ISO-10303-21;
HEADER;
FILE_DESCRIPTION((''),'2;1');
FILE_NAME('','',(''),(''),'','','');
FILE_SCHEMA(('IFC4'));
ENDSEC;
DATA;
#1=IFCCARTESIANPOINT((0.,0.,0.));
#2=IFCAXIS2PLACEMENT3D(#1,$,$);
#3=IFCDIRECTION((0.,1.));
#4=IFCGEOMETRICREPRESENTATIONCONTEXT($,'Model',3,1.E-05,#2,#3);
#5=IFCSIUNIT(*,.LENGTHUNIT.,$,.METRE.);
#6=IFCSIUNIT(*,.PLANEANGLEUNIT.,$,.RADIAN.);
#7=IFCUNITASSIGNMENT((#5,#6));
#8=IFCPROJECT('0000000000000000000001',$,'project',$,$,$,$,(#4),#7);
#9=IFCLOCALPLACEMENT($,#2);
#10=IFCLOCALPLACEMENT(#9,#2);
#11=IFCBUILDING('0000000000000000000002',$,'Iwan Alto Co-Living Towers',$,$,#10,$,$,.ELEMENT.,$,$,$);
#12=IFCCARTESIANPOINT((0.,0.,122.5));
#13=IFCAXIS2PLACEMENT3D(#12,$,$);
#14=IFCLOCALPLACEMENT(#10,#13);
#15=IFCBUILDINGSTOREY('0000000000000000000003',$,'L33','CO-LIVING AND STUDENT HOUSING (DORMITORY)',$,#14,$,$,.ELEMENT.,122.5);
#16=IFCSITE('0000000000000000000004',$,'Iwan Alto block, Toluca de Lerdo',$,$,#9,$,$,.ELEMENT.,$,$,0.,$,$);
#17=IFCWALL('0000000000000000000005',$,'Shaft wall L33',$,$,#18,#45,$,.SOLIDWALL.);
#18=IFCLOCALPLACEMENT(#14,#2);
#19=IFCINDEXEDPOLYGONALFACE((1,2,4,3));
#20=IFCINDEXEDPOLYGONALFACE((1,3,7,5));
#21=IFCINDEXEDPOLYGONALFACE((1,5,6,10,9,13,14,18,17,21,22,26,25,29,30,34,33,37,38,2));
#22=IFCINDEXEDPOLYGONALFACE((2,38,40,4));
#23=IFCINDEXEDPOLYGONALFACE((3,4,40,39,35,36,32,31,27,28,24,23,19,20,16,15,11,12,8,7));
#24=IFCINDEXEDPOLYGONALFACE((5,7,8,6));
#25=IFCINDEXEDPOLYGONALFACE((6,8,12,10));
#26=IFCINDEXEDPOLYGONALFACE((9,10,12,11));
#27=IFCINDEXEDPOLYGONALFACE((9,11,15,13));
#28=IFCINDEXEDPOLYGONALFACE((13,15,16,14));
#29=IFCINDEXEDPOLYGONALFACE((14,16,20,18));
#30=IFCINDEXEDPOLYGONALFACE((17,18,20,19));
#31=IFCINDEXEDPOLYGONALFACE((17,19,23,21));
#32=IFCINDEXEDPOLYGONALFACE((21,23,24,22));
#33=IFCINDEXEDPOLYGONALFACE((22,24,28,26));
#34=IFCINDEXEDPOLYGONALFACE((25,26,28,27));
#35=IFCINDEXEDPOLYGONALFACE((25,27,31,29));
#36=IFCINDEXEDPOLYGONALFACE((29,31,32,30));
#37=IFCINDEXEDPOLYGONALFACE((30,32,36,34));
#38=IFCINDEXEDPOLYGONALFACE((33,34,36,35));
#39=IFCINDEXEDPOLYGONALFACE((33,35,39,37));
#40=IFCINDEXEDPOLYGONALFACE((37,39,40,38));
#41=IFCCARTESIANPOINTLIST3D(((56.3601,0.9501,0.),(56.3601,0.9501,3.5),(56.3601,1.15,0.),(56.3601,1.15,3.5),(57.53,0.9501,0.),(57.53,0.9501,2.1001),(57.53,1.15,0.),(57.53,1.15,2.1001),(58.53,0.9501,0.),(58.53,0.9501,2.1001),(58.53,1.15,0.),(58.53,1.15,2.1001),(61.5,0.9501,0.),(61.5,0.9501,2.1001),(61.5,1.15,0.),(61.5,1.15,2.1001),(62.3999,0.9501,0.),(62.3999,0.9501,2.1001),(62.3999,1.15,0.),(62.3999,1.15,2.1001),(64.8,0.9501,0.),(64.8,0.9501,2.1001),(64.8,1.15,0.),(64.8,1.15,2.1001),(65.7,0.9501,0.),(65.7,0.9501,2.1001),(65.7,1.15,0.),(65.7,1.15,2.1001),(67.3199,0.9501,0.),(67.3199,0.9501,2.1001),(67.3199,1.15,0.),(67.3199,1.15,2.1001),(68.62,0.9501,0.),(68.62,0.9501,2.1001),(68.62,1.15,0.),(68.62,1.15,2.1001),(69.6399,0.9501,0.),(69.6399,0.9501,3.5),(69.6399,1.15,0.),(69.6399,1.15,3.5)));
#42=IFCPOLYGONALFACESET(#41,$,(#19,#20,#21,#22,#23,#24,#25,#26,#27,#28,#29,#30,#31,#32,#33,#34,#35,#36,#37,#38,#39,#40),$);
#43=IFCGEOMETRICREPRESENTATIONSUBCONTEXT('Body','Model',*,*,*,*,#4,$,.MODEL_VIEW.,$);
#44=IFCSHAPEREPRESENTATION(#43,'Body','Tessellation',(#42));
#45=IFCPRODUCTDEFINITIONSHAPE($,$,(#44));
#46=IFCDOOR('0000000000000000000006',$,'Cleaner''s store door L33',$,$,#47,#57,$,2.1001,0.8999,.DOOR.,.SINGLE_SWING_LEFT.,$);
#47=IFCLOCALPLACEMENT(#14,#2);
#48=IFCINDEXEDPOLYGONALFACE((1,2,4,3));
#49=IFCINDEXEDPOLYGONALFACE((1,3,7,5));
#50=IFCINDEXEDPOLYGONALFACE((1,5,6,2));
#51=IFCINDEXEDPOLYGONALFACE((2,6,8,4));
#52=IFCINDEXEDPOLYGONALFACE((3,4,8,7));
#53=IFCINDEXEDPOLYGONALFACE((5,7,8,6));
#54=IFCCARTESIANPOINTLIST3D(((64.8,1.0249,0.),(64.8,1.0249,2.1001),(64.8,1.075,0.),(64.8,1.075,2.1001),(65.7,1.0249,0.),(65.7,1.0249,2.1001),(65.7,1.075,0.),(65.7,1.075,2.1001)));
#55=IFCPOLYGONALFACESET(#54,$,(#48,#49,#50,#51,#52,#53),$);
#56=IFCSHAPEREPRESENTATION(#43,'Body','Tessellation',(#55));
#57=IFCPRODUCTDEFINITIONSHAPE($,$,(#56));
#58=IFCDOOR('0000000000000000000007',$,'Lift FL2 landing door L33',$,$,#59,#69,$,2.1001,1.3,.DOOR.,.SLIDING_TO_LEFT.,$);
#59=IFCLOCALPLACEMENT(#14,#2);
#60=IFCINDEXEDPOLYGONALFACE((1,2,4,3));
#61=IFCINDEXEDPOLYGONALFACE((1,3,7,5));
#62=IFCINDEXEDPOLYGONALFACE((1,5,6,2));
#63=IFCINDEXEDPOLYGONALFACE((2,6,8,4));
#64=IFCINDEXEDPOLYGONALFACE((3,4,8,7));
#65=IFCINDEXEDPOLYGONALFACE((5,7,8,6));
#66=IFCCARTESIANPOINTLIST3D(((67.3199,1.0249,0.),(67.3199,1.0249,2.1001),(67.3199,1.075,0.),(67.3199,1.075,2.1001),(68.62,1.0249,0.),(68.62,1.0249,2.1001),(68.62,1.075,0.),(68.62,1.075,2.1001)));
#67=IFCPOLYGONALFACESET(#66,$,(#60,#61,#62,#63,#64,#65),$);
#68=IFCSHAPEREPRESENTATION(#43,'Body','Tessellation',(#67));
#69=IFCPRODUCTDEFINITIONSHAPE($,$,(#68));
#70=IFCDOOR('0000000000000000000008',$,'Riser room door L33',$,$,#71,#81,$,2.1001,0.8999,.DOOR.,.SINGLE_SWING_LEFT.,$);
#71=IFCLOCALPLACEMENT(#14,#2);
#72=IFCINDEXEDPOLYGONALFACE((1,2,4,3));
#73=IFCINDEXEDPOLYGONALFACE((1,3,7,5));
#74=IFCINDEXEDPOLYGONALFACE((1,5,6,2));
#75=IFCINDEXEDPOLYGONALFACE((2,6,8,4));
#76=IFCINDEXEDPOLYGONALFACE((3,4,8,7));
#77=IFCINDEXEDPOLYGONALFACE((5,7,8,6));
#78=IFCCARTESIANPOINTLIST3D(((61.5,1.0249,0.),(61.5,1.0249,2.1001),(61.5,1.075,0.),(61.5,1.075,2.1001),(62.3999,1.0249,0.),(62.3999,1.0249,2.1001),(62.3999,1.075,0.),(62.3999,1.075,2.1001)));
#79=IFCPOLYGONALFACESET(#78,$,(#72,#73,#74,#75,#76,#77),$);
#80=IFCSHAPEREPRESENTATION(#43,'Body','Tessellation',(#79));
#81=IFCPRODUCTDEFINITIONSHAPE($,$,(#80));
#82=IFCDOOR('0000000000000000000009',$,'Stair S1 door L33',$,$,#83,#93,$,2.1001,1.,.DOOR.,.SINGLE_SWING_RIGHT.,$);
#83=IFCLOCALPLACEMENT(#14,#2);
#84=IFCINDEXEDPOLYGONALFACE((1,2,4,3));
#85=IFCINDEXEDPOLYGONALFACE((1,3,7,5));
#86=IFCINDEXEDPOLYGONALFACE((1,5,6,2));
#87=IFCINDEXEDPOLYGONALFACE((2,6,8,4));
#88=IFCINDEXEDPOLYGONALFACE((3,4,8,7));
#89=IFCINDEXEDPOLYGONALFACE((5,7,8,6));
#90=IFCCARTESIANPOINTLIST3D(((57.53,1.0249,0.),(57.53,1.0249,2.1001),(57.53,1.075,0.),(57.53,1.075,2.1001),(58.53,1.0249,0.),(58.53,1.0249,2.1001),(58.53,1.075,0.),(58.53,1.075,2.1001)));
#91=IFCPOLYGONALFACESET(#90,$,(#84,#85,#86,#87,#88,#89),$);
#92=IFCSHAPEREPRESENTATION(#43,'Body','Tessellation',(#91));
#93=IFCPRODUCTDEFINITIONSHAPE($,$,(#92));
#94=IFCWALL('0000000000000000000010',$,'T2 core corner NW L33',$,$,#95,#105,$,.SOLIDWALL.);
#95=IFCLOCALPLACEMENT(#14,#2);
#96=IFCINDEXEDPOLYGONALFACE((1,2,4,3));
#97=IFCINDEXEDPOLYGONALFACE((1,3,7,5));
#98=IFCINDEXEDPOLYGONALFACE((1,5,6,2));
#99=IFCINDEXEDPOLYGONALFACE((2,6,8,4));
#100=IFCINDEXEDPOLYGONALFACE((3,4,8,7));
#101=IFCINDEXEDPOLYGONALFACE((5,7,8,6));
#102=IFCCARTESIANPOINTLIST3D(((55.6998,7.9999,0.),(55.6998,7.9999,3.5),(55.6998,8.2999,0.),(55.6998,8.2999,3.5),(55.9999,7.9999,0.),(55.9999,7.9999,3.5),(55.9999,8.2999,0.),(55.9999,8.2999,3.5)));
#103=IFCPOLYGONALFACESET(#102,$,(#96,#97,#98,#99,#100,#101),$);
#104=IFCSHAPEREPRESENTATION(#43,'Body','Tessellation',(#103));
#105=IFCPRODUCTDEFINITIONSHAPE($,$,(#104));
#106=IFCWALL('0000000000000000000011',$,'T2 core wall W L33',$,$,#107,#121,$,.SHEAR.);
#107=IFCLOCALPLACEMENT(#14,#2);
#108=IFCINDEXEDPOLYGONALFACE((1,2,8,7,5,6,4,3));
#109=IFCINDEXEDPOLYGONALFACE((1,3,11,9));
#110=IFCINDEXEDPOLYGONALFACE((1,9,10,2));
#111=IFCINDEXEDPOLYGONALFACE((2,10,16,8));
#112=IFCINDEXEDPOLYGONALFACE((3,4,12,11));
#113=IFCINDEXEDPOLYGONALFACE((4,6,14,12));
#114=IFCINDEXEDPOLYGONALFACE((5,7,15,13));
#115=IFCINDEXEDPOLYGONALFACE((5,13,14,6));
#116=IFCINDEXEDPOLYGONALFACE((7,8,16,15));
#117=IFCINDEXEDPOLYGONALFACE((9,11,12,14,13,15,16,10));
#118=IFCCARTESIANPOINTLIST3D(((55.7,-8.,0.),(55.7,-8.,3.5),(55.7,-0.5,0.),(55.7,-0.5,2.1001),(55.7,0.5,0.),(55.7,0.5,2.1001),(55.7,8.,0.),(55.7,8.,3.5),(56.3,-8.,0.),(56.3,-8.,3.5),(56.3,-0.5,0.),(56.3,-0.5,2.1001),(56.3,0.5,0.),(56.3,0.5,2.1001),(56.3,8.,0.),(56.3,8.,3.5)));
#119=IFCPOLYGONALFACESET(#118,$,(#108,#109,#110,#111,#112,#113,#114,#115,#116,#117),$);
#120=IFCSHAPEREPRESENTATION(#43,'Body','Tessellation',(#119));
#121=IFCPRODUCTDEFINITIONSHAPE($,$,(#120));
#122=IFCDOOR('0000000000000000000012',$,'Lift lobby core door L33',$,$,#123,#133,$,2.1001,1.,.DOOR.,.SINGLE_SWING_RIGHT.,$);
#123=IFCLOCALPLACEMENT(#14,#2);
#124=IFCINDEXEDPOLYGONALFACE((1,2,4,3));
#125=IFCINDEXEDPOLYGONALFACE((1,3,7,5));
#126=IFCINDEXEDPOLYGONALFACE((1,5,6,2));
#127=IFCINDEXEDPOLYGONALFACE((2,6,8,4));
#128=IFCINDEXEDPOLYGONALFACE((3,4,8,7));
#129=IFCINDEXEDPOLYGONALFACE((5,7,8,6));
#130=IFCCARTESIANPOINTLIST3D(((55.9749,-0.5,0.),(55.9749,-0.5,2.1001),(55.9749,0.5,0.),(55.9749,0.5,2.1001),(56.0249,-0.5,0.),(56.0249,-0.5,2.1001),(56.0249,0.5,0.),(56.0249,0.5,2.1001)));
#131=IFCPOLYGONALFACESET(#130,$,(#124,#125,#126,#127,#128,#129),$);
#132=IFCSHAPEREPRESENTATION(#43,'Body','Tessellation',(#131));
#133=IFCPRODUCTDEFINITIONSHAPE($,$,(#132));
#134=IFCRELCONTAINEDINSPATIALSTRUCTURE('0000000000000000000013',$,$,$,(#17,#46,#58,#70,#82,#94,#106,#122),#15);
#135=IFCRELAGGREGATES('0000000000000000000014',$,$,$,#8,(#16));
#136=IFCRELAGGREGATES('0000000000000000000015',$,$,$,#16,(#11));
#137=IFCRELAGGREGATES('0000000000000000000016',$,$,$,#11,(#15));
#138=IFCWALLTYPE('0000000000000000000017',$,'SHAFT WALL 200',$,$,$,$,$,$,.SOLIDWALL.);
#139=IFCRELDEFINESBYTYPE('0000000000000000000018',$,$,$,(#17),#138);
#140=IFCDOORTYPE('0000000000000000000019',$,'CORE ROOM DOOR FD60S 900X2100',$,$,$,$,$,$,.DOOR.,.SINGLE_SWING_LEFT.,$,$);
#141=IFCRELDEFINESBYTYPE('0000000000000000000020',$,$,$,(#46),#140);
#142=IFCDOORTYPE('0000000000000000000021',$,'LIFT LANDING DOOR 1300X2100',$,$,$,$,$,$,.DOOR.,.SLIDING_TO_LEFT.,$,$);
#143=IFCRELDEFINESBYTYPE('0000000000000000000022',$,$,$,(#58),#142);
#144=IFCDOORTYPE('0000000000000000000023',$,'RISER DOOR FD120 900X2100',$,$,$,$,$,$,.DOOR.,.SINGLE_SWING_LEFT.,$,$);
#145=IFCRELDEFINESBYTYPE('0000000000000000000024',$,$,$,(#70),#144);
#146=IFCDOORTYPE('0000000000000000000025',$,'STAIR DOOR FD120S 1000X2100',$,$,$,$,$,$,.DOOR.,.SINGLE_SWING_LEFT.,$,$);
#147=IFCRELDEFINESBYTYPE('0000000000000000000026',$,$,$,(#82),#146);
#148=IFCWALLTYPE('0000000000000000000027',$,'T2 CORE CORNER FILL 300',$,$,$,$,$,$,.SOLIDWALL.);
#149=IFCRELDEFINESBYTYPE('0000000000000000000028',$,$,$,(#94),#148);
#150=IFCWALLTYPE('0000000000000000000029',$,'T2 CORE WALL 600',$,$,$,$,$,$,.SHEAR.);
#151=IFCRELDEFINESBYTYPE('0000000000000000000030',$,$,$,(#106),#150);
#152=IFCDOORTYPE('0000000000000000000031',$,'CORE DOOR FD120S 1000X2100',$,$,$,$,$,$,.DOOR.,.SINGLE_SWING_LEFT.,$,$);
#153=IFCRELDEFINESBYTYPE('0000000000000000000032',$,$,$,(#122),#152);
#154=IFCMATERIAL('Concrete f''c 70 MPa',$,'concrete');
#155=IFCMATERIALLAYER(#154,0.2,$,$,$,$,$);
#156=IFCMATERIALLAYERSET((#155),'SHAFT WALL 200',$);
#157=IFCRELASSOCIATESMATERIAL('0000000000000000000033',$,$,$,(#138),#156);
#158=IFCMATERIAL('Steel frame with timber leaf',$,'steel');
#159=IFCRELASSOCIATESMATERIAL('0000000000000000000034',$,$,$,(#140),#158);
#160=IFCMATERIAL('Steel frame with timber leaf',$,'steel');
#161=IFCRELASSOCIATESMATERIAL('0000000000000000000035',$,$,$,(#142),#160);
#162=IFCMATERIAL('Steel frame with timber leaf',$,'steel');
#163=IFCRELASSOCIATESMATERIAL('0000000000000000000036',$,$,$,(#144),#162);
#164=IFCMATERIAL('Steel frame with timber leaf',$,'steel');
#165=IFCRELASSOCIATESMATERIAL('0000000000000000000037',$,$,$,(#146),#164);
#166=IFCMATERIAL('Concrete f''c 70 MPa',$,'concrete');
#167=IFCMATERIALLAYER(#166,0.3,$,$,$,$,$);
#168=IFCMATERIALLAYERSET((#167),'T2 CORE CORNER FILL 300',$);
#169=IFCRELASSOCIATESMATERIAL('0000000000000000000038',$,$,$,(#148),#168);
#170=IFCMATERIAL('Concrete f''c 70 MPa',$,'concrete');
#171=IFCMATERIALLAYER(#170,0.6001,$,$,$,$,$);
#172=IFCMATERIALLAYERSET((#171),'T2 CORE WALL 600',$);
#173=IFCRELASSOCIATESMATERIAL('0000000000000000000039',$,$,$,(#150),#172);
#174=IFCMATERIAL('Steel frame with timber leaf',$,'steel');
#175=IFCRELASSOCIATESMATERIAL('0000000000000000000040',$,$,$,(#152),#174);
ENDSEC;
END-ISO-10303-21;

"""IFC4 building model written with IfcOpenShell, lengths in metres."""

from ifc_helpers import new_model, si_unit, direction, frame, frame_2d, origin, place, context, subcontext, project, spatial, rectangle, extrude, material, layer, layer_set, type_object, element, fill, save


model = new_model("IFC4")

# Units and contexts
model_context = context("Model", 3, precision=1e-05, world=origin(), true_north=direction((0.0, 1.0)))
body_context = subcontext(model_context, "Body", "Model", "MODEL_VIEW")
ifc_project = project(units=[si_unit("LENGTHUNIT", "METRE"), si_unit("PLANEANGLEUNIT", "RADIAN")], contexts=[model_context])

# Site, building, storey
site_placement = place(None, origin())
site = spatial("IfcSite", under=ifc_project, at=site_placement, Name="Iwan Alto block, Toluca de Lerdo", CompositionType="ELEMENT", RefElevation=0.0)
building_placement = place(site_placement, origin())
building = spatial("IfcBuilding", under=site, at=building_placement, Name="Iwan Alto Co-Living Towers", CompositionType="ELEMENT")
storey_placement = place(building_placement, frame((0.0, 0.0, 122.5)))
storey = spatial("IfcBuildingStorey", under=building, at=storey_placement, Name="L33", Description="CO-LIVING AND STUDENT HOUSING (DORMITORY)", CompositionType="ELEMENT", Elevation=122.5)

# Wall, openings, doors
ifc_material_1 = material(Name="Concrete f'c 70 MPa", Category="concrete")
ifc_layer_1 = layer(ifc_material_1, 0.2)
ifc_layer_set_1 = layer_set([ifc_layer_1], Name="SHAFT WALL 200")
wall_type_1 = type_object("IfcWallType", Name="SHAFT WALL 200", PredefinedType="SOLIDWALL", material=ifc_layer_set_1)
wall_1_placement = place(storey_placement, frame((56.3601, 1.05, 0.0), z_axis=(0.0, 0.0, 1.0), x_axis=(1.0, 0.0, 0.0)))
wall_1 = element("IfcWall", 1, at=wall_1_placement, inside=storey, type_object=wall_type_1, Name="Shaft wall L33", PredefinedType="SOLIDWALL", context=body_context, shape_type="SweptSolid", body=[
    extrude(rectangle(XDim=13.2798, YDim=0.2, at=frame_2d((6.6399, 0.0))), origin(), (0.0, 0.0, 1.0), 3.5),
])
opening_1_placement = place(wall_1_placement, frame((1.1699, 0.0, 0.0)))
opening_1 = element("IfcOpeningElement", 2, at=opening_1_placement, cuts=wall_1, PredefinedType="OPENING", context=body_context, shape_type="SweptSolid", body=[
    extrude(rectangle(XDim=1.0, YDim=2.1001, at=frame_2d((0.5, 1.05))), frame((0.0, 0.1099, 0.0), z_axis=(0.0, -1.0, 0.0), x_axis=(1.0, 0.0, 0.0)), (0.0, 0.0, 1.0), 0.22),
])
opening_2_placement = place(wall_1_placement, frame((5.1399, 0.0, 0.0)))
opening_2 = element("IfcOpeningElement", 3, at=opening_2_placement, cuts=wall_1, PredefinedType="OPENING", context=body_context, shape_type="SweptSolid", body=[
    extrude(rectangle(XDim=0.8999, YDim=2.1001, at=frame_2d((0.45, 1.05))), frame((0.0, 0.1099, 0.0), z_axis=(0.0, -1.0, 0.0), x_axis=(1.0, 0.0, 0.0)), (0.0, 0.0, 1.0), 0.22),
])
opening_3_placement = place(wall_1_placement, frame((8.4399, 0.0, 0.0)))
opening_3 = element("IfcOpeningElement", 4, at=opening_3_placement, cuts=wall_1, PredefinedType="OPENING", context=body_context, shape_type="SweptSolid", body=[
    extrude(rectangle(XDim=0.8999, YDim=2.1001, at=frame_2d((0.45, 1.05))), frame((0.0, 0.1099, 0.0), z_axis=(0.0, -1.0, 0.0), x_axis=(1.0, 0.0, 0.0)), (0.0, 0.0, 1.0), 0.22),
])
opening_4_placement = place(wall_1_placement, frame((10.96, 0.0, 0.0)))
opening_4 = element("IfcOpeningElement", 5, at=opening_4_placement, cuts=wall_1, PredefinedType="OPENING", context=body_context, shape_type="SweptSolid", body=[
    extrude(rectangle(XDim=1.3, YDim=2.1001, at=frame_2d((0.6499, 1.05))), frame((0.0, 0.1099, 0.0), z_axis=(0.0, -1.0, 0.0), x_axis=(1.0, 0.0, 0.0)), (0.0, 0.0, 1.0), 0.22),
])
ifc_material_2 = material(Name="Steel frame with timber leaf", Category="steel")
door_type_1 = type_object("IfcDoorType", Name="CORE ROOM DOOR FD60S 900X2100", OperationType="SINGLE_SWING_LEFT", PredefinedType="DOOR", material=ifc_material_2)
door_1_placement = place(opening_3_placement, origin())
door_1 = element("IfcDoor", 6, at=door_1_placement, inside=storey, type_object=door_type_1, Name="Cleaner's store door L33", OperationType="SINGLE_SWING_LEFT", OverallHeight=2.1001, OverallWidth=0.8999, PredefinedType="DOOR", context=body_context, shape_type="SweptSolid", body=[
    extrude(rectangle(XDim=0.8999, YDim=2.1001, at=frame_2d((0.45, 1.05))), frame((0.0, 0.0249, 0.0), z_axis=(0.0, -1.0, 0.0), x_axis=(1.0, 0.0, 0.0)), (0.0, 0.0, 1.0), 0.05),
])
fill(opening_3, door_1)
ifc_material_3 = material(Name="Steel frame with timber leaf", Category="steel")
door_type_2 = type_object("IfcDoorType", Name="LIFT LANDING DOOR 1300X2100", OperationType="SLIDING_TO_LEFT", PredefinedType="DOOR", material=ifc_material_3)
door_2_placement = place(opening_4_placement, origin())
door_2 = element("IfcDoor", 7, at=door_2_placement, inside=storey, type_object=door_type_2, Name="Lift FL2 landing door L33", OperationType="SLIDING_TO_LEFT", OverallHeight=2.1001, OverallWidth=1.3, PredefinedType="DOOR", context=body_context, shape_type="SweptSolid", body=[
    extrude(rectangle(XDim=1.3, YDim=2.1001, at=frame_2d((0.6499, 1.05))), frame((0.0, 0.0249, 0.0), z_axis=(0.0, -1.0, 0.0), x_axis=(1.0, 0.0, 0.0)), (0.0, 0.0, 1.0), 0.05),
])
fill(opening_4, door_2)
ifc_material_4 = material(Name="Steel frame with timber leaf", Category="steel")
door_type_3 = type_object("IfcDoorType", Name="RISER DOOR FD120 900X2100", OperationType="SINGLE_SWING_LEFT", PredefinedType="DOOR", material=ifc_material_4)
door_3_placement = place(opening_2_placement, origin())
door_3 = element("IfcDoor", 8, at=door_3_placement, inside=storey, type_object=door_type_3, Name="Riser room door L33", OperationType="SINGLE_SWING_LEFT", OverallHeight=2.1001, OverallWidth=0.8999, PredefinedType="DOOR", context=body_context, shape_type="SweptSolid", body=[
    extrude(rectangle(XDim=0.8999, YDim=2.1001, at=frame_2d((0.45, 1.05))), frame((0.0, 0.0249, 0.0), z_axis=(0.0, -1.0, 0.0), x_axis=(1.0, 0.0, 0.0)), (0.0, 0.0, 1.0), 0.05),
])
fill(opening_2, door_3)
ifc_material_5 = material(Name="Steel frame with timber leaf", Category="steel")
door_type_4 = type_object("IfcDoorType", Name="STAIR DOOR FD120S 1000X2100", OperationType="SINGLE_SWING_LEFT", PredefinedType="DOOR", material=ifc_material_5)
door_4_placement = place(opening_1_placement, origin())
door_4 = element("IfcDoor", 9, at=door_4_placement, inside=storey, type_object=door_type_4, Name="Stair S1 door L33", OperationType="SINGLE_SWING_RIGHT", OverallHeight=2.1001, OverallWidth=1.0, PredefinedType="DOOR", context=body_context, shape_type="SweptSolid", body=[
    extrude(rectangle(XDim=1.0, YDim=2.1001, at=frame_2d((0.5, 1.05))), frame((0.0, 0.0249, 0.0), z_axis=(0.0, -1.0, 0.0), x_axis=(1.0, 0.0, 0.0)), (0.0, 0.0, 1.0), 0.05),
])
fill(opening_1, door_4)

# Wall
ifc_material_6 = material(Name="Concrete f'c 70 MPa", Category="concrete")
ifc_layer_2 = layer(ifc_material_6, 0.3)
ifc_layer_set_2 = layer_set([ifc_layer_2], Name="T2 CORE CORNER FILL 300")
wall_type_2 = type_object("IfcWallType", Name="T2 CORE CORNER FILL 300", PredefinedType="SOLIDWALL", material=ifc_layer_set_2)
wall_2_placement = place(storey_placement, frame((55.7, 8.1499, 0.0), z_axis=(0.0, 0.0, 1.0), x_axis=(1.0, 0.0, 0.0)))
element("IfcWall", 10, at=wall_2_placement, inside=storey, type_object=wall_type_2, Name="T2 core corner NW L33", PredefinedType="SOLIDWALL", context=body_context, shape_type="SweptSolid", body=[
    extrude(rectangle(XDim=0.3, YDim=0.3, at=frame_2d((0.1499, 0.0))), origin(), (0.0, 0.0, 1.0), 3.5),
])

# Wall, opening, door
ifc_material_7 = material(Name="Concrete f'c 70 MPa", Category="concrete")
ifc_layer_3 = layer(ifc_material_7, 0.6001)
ifc_layer_set_3 = layer_set([ifc_layer_3], Name="T2 CORE WALL 600")
wall_type_3 = type_object("IfcWallType", Name="T2 CORE WALL 600", PredefinedType="SHEAR", material=ifc_layer_set_3)
wall_3_placement = place(storey_placement, frame((56.0, 8.0, 0.0), z_axis=(0.0, 0.0, 1.0), x_axis=(0.0, -1.0, 0.0)))
wall_3 = element("IfcWall", 11, at=wall_3_placement, inside=storey, type_object=wall_type_3, Name="T2 core wall W L33", PredefinedType="SHEAR", context=body_context, shape_type="SweptSolid", body=[
    extrude(rectangle(XDim=16.0, YDim=0.6001, at=frame_2d((8.0, 0.0))), origin(), (0.0, 0.0, 1.0), 3.5),
])
opening_5_placement = place(wall_3_placement, frame((7.5, 0.0, 0.0)))
opening_5 = element("IfcOpeningElement", 12, at=opening_5_placement, cuts=wall_3, PredefinedType="OPENING", context=body_context, shape_type="SweptSolid", body=[
    extrude(rectangle(XDim=1.0, YDim=2.1001, at=frame_2d((0.5, 1.05))), frame((0.0, 0.3101, 0.0), z_axis=(0.0, -1.0, 0.0), x_axis=(1.0, 0.0, 0.0)), (0.0, 0.0, 1.0), 0.6201),
])
ifc_material_8 = material(Name="Steel frame with timber leaf", Category="steel")
door_type_5 = type_object("IfcDoorType", Name="CORE DOOR FD120S 1000X2100", OperationType="SINGLE_SWING_LEFT", PredefinedType="DOOR", material=ifc_material_8)
door_5_placement = place(opening_5_placement, origin())
door_5 = element("IfcDoor", 13, at=door_5_placement, inside=storey, type_object=door_type_5, Name="Lift lobby core door L33", OperationType="SINGLE_SWING_RIGHT", OverallHeight=2.1001, OverallWidth=1.0, PredefinedType="DOOR", context=body_context, shape_type="SweptSolid", body=[
    extrude(rectangle(XDim=1.0, YDim=2.1001, at=frame_2d((0.5, 1.05))), frame((0.0, 0.0249, 0.0), z_axis=(0.0, -1.0, 0.0), x_axis=(1.0, 0.0, 0.0)), (0.0, 0.0, 1.0), 0.05),
])
fill(opening_5, door_5)

save(model, "model.ifc")
